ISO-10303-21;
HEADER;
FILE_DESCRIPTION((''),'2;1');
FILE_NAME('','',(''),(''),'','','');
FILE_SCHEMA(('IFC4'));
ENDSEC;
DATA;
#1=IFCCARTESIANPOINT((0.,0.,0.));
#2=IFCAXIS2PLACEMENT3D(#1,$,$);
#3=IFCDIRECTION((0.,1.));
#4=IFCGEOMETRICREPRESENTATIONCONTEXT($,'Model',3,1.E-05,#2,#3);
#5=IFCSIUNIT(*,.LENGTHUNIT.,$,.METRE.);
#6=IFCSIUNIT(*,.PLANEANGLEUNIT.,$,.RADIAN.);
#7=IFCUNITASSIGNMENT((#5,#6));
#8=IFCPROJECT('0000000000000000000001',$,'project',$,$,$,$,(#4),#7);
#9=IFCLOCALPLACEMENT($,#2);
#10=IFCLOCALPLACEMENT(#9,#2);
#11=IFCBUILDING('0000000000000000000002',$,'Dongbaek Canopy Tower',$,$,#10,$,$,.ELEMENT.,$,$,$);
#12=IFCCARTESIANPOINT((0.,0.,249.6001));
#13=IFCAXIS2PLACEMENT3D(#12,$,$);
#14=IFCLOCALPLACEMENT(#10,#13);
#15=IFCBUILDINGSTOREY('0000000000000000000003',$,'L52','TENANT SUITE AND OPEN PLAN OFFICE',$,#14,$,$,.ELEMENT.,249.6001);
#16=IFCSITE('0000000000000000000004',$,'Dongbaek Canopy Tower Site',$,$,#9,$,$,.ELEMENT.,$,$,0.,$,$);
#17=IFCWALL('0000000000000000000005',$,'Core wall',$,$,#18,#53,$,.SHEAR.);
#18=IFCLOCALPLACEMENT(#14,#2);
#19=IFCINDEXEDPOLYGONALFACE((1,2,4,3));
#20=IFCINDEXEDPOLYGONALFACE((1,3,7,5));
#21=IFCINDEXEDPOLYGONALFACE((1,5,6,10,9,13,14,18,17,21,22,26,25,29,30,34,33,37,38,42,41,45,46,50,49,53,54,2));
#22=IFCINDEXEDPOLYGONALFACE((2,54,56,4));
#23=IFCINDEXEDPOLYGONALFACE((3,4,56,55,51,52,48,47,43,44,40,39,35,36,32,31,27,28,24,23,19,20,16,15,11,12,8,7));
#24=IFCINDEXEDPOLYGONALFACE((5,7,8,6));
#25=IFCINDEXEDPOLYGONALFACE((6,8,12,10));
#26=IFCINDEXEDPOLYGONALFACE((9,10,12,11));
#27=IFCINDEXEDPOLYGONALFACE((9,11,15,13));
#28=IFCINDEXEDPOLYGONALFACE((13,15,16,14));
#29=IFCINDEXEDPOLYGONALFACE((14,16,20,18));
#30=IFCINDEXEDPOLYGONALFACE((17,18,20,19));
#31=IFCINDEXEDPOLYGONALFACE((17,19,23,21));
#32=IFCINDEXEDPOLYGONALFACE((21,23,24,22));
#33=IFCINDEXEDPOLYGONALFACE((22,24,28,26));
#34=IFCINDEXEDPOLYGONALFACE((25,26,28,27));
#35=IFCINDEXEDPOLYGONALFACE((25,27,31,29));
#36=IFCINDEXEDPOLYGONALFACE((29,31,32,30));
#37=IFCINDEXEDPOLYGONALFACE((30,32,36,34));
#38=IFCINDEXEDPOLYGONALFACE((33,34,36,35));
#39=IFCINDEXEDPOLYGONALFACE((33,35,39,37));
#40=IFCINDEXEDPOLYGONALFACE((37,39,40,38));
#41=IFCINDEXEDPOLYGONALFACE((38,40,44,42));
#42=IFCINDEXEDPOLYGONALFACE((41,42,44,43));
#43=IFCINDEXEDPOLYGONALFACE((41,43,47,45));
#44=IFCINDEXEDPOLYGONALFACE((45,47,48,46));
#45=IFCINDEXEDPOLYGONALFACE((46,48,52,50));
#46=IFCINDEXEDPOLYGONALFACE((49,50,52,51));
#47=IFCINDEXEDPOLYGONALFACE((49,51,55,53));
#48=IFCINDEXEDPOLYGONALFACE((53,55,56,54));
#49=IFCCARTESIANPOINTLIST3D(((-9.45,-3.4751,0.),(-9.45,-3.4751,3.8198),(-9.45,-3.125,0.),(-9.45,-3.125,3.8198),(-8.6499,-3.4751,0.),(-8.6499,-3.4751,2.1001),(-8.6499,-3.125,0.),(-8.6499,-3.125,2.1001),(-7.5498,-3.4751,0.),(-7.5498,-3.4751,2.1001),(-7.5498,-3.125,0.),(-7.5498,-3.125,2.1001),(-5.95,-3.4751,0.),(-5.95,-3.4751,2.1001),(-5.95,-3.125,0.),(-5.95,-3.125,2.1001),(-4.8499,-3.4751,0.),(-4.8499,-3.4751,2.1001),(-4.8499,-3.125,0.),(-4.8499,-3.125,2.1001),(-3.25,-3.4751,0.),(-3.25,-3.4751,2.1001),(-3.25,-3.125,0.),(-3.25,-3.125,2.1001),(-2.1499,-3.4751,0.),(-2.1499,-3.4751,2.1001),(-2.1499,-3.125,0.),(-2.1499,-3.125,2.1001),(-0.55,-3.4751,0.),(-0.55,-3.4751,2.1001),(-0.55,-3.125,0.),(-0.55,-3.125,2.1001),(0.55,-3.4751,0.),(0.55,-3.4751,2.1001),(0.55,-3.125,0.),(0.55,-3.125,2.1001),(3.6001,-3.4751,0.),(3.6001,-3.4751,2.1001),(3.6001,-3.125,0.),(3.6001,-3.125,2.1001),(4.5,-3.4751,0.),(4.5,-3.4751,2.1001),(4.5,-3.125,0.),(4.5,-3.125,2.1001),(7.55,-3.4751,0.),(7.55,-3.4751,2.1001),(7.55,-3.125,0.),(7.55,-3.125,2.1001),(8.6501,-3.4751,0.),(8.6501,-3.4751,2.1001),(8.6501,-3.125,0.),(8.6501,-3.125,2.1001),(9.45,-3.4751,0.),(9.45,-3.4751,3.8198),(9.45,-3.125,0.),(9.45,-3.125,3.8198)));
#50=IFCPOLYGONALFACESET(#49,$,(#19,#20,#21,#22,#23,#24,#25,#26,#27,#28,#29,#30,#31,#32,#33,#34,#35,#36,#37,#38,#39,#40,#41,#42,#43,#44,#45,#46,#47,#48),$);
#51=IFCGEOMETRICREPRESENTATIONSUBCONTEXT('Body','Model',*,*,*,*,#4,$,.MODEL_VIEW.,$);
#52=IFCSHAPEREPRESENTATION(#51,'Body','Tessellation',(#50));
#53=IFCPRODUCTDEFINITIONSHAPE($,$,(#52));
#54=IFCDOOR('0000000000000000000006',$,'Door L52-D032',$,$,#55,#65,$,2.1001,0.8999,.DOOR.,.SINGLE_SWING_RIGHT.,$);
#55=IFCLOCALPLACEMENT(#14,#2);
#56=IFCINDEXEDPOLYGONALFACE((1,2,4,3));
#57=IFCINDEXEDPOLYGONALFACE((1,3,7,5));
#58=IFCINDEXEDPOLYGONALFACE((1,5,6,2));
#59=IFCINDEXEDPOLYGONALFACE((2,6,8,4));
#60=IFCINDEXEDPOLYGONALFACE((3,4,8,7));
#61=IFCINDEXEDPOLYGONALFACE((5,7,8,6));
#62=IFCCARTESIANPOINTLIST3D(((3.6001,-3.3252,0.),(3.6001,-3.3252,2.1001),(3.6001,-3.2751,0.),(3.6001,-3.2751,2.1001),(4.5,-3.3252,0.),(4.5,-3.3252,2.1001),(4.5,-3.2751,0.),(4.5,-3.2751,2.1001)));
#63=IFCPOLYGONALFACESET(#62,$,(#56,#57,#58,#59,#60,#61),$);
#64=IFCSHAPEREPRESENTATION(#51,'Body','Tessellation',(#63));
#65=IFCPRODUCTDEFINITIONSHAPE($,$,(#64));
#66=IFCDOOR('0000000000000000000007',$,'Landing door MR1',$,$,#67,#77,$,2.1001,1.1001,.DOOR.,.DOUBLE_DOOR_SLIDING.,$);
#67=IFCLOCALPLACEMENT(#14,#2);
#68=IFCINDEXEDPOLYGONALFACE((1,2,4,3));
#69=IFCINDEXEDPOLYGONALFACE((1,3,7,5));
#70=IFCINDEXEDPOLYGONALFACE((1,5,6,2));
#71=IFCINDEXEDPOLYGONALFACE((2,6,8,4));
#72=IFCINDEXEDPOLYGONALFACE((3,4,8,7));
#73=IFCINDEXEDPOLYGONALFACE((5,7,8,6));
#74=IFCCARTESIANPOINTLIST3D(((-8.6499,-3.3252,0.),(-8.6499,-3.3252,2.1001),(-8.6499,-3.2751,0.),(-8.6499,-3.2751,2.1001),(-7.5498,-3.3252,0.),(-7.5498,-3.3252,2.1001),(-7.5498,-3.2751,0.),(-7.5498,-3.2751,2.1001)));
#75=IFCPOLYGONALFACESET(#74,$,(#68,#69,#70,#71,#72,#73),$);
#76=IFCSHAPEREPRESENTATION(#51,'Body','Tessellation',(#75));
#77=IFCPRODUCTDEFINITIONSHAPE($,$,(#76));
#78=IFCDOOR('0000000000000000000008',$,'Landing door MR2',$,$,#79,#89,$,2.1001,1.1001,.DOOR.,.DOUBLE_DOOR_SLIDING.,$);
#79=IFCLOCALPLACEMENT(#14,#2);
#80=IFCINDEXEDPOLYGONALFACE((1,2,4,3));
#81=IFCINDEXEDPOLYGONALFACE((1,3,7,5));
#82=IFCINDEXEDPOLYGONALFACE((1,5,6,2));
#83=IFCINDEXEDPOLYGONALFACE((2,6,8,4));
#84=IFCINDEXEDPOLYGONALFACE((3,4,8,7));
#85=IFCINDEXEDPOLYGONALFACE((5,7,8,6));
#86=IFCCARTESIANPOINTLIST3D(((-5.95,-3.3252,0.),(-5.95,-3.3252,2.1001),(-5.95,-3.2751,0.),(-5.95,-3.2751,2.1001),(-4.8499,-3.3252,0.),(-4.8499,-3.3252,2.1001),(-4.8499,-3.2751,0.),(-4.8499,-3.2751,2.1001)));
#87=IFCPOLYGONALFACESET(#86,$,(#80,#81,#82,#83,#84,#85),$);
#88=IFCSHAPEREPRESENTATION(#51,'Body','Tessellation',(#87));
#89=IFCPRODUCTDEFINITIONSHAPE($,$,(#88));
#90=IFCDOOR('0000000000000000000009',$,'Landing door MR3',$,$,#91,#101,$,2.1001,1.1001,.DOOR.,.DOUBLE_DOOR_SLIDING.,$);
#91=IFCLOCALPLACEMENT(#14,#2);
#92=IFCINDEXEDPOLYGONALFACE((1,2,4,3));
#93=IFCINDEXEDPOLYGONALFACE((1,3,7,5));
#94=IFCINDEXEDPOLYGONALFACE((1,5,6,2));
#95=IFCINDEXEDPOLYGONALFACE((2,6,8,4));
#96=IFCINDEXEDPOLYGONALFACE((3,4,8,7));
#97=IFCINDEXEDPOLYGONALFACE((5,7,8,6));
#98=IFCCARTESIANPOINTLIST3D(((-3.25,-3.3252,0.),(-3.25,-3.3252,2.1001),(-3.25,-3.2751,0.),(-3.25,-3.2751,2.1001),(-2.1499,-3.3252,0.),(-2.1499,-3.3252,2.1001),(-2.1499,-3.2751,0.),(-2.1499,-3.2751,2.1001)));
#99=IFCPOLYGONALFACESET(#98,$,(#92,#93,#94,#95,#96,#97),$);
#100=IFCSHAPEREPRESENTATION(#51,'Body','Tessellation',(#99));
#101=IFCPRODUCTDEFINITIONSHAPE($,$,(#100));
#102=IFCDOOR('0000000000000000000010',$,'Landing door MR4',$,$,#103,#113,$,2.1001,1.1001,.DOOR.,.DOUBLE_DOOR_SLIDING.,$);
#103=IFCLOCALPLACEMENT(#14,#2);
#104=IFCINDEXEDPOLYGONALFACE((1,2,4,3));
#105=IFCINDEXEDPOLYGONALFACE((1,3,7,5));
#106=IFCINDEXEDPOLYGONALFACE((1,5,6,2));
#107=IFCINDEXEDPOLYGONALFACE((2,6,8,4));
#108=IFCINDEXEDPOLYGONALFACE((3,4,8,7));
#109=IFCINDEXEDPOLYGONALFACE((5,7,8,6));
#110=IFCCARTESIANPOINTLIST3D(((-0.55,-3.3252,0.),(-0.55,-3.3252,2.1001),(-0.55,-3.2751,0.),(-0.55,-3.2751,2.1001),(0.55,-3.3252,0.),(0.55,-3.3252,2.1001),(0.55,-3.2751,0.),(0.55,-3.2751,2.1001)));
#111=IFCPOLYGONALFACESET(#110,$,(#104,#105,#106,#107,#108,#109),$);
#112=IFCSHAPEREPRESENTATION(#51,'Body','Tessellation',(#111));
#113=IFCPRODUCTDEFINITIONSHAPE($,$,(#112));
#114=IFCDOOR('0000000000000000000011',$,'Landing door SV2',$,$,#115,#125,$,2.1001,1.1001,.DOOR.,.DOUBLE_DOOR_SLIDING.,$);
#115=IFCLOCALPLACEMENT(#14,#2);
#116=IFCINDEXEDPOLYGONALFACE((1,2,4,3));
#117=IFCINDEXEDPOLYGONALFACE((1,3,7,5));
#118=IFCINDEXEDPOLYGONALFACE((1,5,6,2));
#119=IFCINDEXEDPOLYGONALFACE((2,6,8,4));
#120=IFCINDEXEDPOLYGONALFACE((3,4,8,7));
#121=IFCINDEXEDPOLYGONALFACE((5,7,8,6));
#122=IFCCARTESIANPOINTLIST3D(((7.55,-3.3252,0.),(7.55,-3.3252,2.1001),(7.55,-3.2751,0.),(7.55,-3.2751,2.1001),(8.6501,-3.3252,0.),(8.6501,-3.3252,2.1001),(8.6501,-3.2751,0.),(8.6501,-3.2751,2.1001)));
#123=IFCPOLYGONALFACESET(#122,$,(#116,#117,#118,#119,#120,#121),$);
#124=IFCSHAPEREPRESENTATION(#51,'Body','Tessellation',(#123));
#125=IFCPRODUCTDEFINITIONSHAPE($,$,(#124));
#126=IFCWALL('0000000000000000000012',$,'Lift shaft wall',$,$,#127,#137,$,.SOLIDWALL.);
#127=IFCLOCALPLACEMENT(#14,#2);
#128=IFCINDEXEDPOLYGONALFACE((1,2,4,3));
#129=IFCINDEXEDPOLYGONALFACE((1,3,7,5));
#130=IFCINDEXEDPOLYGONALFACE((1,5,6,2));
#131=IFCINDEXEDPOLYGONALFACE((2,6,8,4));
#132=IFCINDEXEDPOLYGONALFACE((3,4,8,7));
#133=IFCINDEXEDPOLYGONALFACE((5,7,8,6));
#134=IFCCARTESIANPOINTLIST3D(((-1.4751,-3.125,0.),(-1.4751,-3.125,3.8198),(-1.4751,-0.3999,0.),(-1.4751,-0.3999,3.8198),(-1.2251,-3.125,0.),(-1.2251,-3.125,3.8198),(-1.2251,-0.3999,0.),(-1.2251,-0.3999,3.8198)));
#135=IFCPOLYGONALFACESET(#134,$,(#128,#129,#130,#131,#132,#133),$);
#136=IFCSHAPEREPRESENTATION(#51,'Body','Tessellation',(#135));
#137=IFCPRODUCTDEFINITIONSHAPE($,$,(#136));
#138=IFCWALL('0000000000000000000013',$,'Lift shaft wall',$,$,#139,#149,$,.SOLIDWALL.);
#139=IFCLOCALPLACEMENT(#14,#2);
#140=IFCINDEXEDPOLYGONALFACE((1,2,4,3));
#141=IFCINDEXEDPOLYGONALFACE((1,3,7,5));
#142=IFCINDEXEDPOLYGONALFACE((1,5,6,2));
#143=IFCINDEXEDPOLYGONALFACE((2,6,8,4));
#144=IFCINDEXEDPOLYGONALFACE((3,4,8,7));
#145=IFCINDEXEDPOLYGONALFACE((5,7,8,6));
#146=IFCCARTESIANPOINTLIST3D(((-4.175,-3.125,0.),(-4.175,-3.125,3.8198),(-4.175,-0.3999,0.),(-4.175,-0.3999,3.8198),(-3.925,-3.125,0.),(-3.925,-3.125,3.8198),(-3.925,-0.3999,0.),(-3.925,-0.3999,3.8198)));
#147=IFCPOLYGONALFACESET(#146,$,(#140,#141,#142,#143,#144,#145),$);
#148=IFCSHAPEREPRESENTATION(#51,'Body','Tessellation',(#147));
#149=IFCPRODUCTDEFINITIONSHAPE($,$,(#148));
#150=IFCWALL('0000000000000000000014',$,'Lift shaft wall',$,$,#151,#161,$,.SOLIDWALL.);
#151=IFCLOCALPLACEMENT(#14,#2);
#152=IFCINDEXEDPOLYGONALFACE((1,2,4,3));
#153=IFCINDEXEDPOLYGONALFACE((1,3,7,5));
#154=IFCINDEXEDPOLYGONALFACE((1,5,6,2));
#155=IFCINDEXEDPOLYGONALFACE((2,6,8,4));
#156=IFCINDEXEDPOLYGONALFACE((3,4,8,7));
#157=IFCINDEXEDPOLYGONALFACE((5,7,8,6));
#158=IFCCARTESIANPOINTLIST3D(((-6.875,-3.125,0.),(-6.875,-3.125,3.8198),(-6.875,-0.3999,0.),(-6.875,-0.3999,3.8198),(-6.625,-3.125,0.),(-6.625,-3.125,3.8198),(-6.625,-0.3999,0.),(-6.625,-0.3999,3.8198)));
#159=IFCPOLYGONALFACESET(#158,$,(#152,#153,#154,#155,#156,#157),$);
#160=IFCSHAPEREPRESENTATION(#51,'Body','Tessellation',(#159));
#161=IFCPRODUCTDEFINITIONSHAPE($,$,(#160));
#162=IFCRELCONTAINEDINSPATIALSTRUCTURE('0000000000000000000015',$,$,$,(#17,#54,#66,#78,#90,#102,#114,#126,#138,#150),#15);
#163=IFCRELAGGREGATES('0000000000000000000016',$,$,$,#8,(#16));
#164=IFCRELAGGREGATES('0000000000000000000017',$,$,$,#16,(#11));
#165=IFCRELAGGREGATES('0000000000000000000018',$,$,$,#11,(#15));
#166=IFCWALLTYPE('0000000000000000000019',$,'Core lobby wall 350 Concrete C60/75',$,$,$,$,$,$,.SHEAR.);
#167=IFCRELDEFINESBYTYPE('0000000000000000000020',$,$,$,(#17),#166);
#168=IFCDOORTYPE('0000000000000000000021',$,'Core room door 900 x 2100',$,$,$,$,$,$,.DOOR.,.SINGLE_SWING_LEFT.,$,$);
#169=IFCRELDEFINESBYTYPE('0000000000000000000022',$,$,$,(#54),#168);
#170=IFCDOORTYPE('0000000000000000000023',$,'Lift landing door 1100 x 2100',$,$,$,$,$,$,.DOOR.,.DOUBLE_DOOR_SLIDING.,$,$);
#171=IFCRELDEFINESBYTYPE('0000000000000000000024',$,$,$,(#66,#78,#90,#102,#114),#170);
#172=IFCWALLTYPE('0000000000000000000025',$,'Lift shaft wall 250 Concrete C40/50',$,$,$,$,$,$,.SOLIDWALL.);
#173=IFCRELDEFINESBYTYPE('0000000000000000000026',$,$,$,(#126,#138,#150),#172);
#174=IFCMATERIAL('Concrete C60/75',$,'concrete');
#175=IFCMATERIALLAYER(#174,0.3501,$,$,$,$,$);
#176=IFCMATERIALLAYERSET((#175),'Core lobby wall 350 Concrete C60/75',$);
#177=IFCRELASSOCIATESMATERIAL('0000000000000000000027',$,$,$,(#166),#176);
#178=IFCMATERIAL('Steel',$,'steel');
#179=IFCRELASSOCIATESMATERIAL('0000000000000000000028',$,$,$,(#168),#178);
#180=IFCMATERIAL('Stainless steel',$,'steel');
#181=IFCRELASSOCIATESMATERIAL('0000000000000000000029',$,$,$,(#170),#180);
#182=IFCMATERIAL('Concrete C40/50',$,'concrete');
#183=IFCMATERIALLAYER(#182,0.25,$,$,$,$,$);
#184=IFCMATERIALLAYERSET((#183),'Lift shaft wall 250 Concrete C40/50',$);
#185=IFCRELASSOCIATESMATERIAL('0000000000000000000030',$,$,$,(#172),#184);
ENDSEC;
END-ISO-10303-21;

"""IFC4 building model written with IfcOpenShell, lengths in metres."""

from ifc_helpers import new_model, si_unit, direction, frame, frame_2d, origin, place, context, subcontext, project, spatial, rectangle, extrude, material, layer, layer_set, type_object, element, fill, save


model = new_model("IFC4")

# Units and contexts
model_context = context("Model", 3, precision=1e-05, world=origin(), true_north=direction((0.0, 1.0)))
body_context = subcontext(model_context, "Body", "Model", "MODEL_VIEW")
ifc_project = project(units=[si_unit("LENGTHUNIT", "METRE"), si_unit("PLANEANGLEUNIT", "RADIAN")], contexts=[model_context])

# Site, building, storey
site_placement = place(None, origin())
site = spatial("IfcSite", under=ifc_project, at=site_placement, Name="Dongbaek Canopy Tower Site", CompositionType="ELEMENT", RefElevation=0.0)
building_placement = place(site_placement, origin())
building = spatial("IfcBuilding", under=site, at=building_placement, Name="Dongbaek Canopy Tower", CompositionType="ELEMENT")
storey_placement = place(building_placement, frame((0.0, 0.0, 249.6001)))
storey = spatial("IfcBuildingStorey", under=building, at=storey_placement, Name="L52", Description="TENANT SUITE AND OPEN PLAN OFFICE", CompositionType="ELEMENT", Elevation=249.6001)

# Wall, openings, doors
ifc_material_1 = material(Name="Concrete C60/75", Category="concrete")
ifc_layer_1 = layer(ifc_material_1, 0.3501)
ifc_layer_set_1 = layer_set([ifc_layer_1], Name="Core lobby wall 350 Concrete C60/75")
wall_type_1 = type_object("IfcWallType", Name="Core lobby wall 350 Concrete C60/75", PredefinedType="SHEAR", material=ifc_layer_set_1)
wall_1_placement = place(storey_placement, frame((-9.45, -3.3, 0.0), z_axis=(0.0, 0.0, 1.0), x_axis=(1.0, 0.0, 0.0)))
wall_1 = element("IfcWall", 1, at=wall_1_placement, inside=storey, type_object=wall_type_1, Name="Core wall", PredefinedType="SHEAR", context=body_context, shape_type="SweptSolid", body=[
    extrude(rectangle(XDim=18.8999, YDim=0.3501, at=frame_2d((9.45, 0.0))), origin(), (0.0, 0.0, 1.0), 3.8198),
])
opening_1_placement = place(wall_1_placement, frame((0.8, 0.0, 0.0)))
opening_1 = element("IfcOpeningElement", 2, at=opening_1_placement, cuts=wall_1, PredefinedType="OPENING", context=body_context, shape_type="SweptSolid", body=[
    extrude(rectangle(XDim=1.1001, YDim=2.1001, at=frame_2d((0.55, 1.05))), frame((0.0, 0.1851, 0.0), z_axis=(0.0, -1.0, 0.0), x_axis=(1.0, 0.0, 0.0)), (0.0, 0.0, 1.0), 0.3701),
])
opening_2_placement = place(wall_1_placement, frame((3.5, 0.0, 0.0)))
opening_2 = element("IfcOpeningElement", 3, at=opening_2_placement, cuts=wall_1, PredefinedType="OPENING", context=body_context, shape_type="SweptSolid", body=[
    extrude(rectangle(XDim=1.1001, YDim=2.1001, at=frame_2d((0.55, 1.05))), frame((0.0, 0.1851, 0.0), z_axis=(0.0, -1.0, 0.0), x_axis=(1.0, 0.0, 0.0)), (0.0, 0.0, 1.0), 0.3701),
])
opening_3_placement = place(wall_1_placement, frame((6.2, 0.0, 0.0)))
opening_3 = element("IfcOpeningElement", 4, at=opening_3_placement, cuts=wall_1, PredefinedType="OPENING", context=body_context, shape_type="SweptSolid", body=[
    extrude(rectangle(XDim=1.1001, YDim=2.1001, at=frame_2d((0.55, 1.05))), frame((0.0, 0.1851, 0.0), z_axis=(0.0, -1.0, 0.0), x_axis=(1.0, 0.0, 0.0)), (0.0, 0.0, 1.0), 0.3701),
])
opening_4_placement = place(wall_1_placement, frame((8.8999, 0.0, 0.0)))
opening_4 = element("IfcOpeningElement", 5, at=opening_4_placement, cuts=wall_1, PredefinedType="OPENING", context=body_context, shape_type="SweptSolid", body=[
    extrude(rectangle(XDim=1.1001, YDim=2.1001, at=frame_2d((0.55, 1.05))), frame((0.0, 0.1851, 0.0), z_axis=(0.0, -1.0, 0.0), x_axis=(1.0, 0.0, 0.0)), (0.0, 0.0, 1.0), 0.3701),
])
opening_5_placement = place(wall_1_placement, frame((17.0, 0.0, 0.0)))
opening_5 = element("IfcOpeningElement", 6, at=opening_5_placement, cuts=wall_1, PredefinedType="OPENING", context=body_context, shape_type="SweptSolid", body=[
    extrude(rectangle(XDim=1.1001, YDim=2.1001, at=frame_2d((0.55, 1.05))), frame((0.0, 0.1851, 0.0), z_axis=(0.0, -1.0, 0.0), x_axis=(1.0, 0.0, 0.0)), (0.0, 0.0, 1.0), 0.3701),
])
opening_6_placement = place(wall_1_placement, frame((13.05, 0.0, 0.0)))
opening_6 = element("IfcOpeningElement", 7, at=opening_6_placement, cuts=wall_1, PredefinedType="OPENING", context=body_context, shape_type="SweptSolid", body=[
    extrude(rectangle(XDim=0.8999, YDim=2.1001, at=frame_2d((0.45, 1.05))), frame((0.0, 0.1851, 0.0), z_axis=(0.0, -1.0, 0.0), x_axis=(1.0, 0.0, 0.0)), (0.0, 0.0, 1.0), 0.3701),
])
ifc_material_2 = material(Name="Steel", Category="steel")
door_type_1 = type_object("IfcDoorType", Name="Core room door 900 x 2100", OperationType="SINGLE_SWING_LEFT", PredefinedType="DOOR", material=ifc_material_2)
door_1_placement = place(opening_6_placement, origin())
door_1 = element("IfcDoor", 8, at=door_1_placement, inside=storey, type_object=door_type_1, Name="Door L52-D032", OperationType="SINGLE_SWING_RIGHT", OverallHeight=2.1001, OverallWidth=0.8999, PredefinedType="DOOR", context=body_context, shape_type="SweptSolid", body=[
    extrude(rectangle(XDim=0.8999, YDim=2.1001, at=frame_2d((0.45, 1.05))), frame((0.0, 0.0249, 0.0), z_axis=(0.0, -1.0, 0.0), x_axis=(1.0, 0.0, 0.0)), (0.0, 0.0, 1.0), 0.05),
])
fill(opening_6, door_1)
ifc_material_3 = material(Name="Stainless steel", Category="steel")
door_type_2 = type_object("IfcDoorType", Name="Lift landing door 1100 x 2100", OperationType="DOUBLE_DOOR_SLIDING", PredefinedType="DOOR", material=ifc_material_3)
door_2_placement = place(opening_1_placement, origin())
door_2 = element("IfcDoor", 9, at=door_2_placement, inside=storey, type_object=door_type_2, Name="Landing door MR1", OperationType="DOUBLE_DOOR_SLIDING", OverallHeight=2.1001, OverallWidth=1.1001, PredefinedType="DOOR", context=body_context, shape_type="SweptSolid", body=[
    extrude(rectangle(XDim=1.1001, YDim=2.1001, at=frame_2d((0.55, 1.05))), frame((0.0, 0.0249, 0.0), z_axis=(0.0, -1.0, 0.0), x_axis=(1.0, 0.0, 0.0)), (0.0, 0.0, 1.0), 0.05),
])
fill(opening_1, door_2)
door_3_placement = place(opening_2_placement, origin())
door_3 = element("IfcDoor", 10, at=door_3_placement, inside=storey, type_object=door_type_2, Name="Landing door MR2", OperationType="DOUBLE_DOOR_SLIDING", OverallHeight=2.1001, OverallWidth=1.1001, PredefinedType="DOOR", context=body_context, shape_type="SweptSolid", body=[
    extrude(rectangle(XDim=1.1001, YDim=2.1001, at=frame_2d((0.55, 1.05))), frame((0.0, 0.0249, 0.0), z_axis=(0.0, -1.0, 0.0), x_axis=(1.0, 0.0, 0.0)), (0.0, 0.0, 1.0), 0.05),
])
fill(opening_2, door_3)
door_4_placement = place(opening_3_placement, origin())
door_4 = element("IfcDoor", 11, at=door_4_placement, inside=storey, type_object=door_type_2, Name="Landing door MR3", OperationType="DOUBLE_DOOR_SLIDING", OverallHeight=2.1001, OverallWidth=1.1001, PredefinedType="DOOR", context=body_context, shape_type="SweptSolid", body=[
    extrude(rectangle(XDim=1.1001, YDim=2.1001, at=frame_2d((0.55, 1.05))), frame((0.0, 0.0249, 0.0), z_axis=(0.0, -1.0, 0.0), x_axis=(1.0, 0.0, 0.0)), (0.0, 0.0, 1.0), 0.05),
])
fill(opening_3, door_4)
door_5_placement = place(opening_4_placement, origin())
door_5 = element("IfcDoor", 12, at=door_5_placement, inside=storey, type_object=door_type_2, Name="Landing door MR4", OperationType="DOUBLE_DOOR_SLIDING", OverallHeight=2.1001, OverallWidth=1.1001, PredefinedType="DOOR", context=body_context, shape_type="SweptSolid", body=[
    extrude(rectangle(XDim=1.1001, YDim=2.1001, at=frame_2d((0.55, 1.05))), frame((0.0, 0.0249, 0.0), z_axis=(0.0, -1.0, 0.0), x_axis=(1.0, 0.0, 0.0)), (0.0, 0.0, 1.0), 0.05),
])
fill(opening_4, door_5)
door_6_placement = place(opening_5_placement, origin())
door_6 = element("IfcDoor", 13, at=door_6_placement, inside=storey, type_object=door_type_2, Name="Landing door SV2", OperationType="DOUBLE_DOOR_SLIDING", OverallHeight=2.1001, OverallWidth=1.1001, PredefinedType="DOOR", context=body_context, shape_type="SweptSolid", body=[
    extrude(rectangle(XDim=1.1001, YDim=2.1001, at=frame_2d((0.55, 1.05))), frame((0.0, 0.0249, 0.0), z_axis=(0.0, -1.0, 0.0), x_axis=(1.0, 0.0, 0.0)), (0.0, 0.0, 1.0), 0.05),
])
fill(opening_5, door_6)

# Walls
ifc_material_4 = material(Name="Concrete C40/50", Category="concrete")
ifc_layer_2 = layer(ifc_material_4, 0.25)
ifc_layer_set_2 = layer_set([ifc_layer_2], Name="Lift shaft wall 250 Concrete C40/50")
wall_type_2 = type_object("IfcWallType", Name="Lift shaft wall 250 Concrete C40/50", PredefinedType="SOLIDWALL", material=ifc_layer_set_2)
for number, where, z_axis, x_axis, name in (
    (14, (-1.3501, -3.125, 0.0), (0.0, 0.0, 1.0), (0.0, 1.0, 0.0), "Lift shaft wall"),
    (15, (-4.05, -3.125, 0.0), (0.0, 0.0, 1.0), (0.0, 1.0, 0.0), "Lift shaft wall"),
    (16, (-6.75, -3.125, 0.0), (0.0, 0.0, 1.0), (0.0, 1.0, 0.0), "Lift shaft wall"),
):
    element("IfcWall", number, at=place(storey_placement, frame(where, z_axis=z_axis, x_axis=x_axis)), inside=storey, type_object=wall_type_2, Name=name, PredefinedType="SOLIDWALL", context=body_context, shape_type="SweptSolid", body=[
        extrude(rectangle(XDim=2.7251, YDim=0.25, at=frame_2d((1.3625, 0.0))), origin(), (0.0, 0.0, 1.0), 3.8198),
    ])

save(model, "model.ifc")
